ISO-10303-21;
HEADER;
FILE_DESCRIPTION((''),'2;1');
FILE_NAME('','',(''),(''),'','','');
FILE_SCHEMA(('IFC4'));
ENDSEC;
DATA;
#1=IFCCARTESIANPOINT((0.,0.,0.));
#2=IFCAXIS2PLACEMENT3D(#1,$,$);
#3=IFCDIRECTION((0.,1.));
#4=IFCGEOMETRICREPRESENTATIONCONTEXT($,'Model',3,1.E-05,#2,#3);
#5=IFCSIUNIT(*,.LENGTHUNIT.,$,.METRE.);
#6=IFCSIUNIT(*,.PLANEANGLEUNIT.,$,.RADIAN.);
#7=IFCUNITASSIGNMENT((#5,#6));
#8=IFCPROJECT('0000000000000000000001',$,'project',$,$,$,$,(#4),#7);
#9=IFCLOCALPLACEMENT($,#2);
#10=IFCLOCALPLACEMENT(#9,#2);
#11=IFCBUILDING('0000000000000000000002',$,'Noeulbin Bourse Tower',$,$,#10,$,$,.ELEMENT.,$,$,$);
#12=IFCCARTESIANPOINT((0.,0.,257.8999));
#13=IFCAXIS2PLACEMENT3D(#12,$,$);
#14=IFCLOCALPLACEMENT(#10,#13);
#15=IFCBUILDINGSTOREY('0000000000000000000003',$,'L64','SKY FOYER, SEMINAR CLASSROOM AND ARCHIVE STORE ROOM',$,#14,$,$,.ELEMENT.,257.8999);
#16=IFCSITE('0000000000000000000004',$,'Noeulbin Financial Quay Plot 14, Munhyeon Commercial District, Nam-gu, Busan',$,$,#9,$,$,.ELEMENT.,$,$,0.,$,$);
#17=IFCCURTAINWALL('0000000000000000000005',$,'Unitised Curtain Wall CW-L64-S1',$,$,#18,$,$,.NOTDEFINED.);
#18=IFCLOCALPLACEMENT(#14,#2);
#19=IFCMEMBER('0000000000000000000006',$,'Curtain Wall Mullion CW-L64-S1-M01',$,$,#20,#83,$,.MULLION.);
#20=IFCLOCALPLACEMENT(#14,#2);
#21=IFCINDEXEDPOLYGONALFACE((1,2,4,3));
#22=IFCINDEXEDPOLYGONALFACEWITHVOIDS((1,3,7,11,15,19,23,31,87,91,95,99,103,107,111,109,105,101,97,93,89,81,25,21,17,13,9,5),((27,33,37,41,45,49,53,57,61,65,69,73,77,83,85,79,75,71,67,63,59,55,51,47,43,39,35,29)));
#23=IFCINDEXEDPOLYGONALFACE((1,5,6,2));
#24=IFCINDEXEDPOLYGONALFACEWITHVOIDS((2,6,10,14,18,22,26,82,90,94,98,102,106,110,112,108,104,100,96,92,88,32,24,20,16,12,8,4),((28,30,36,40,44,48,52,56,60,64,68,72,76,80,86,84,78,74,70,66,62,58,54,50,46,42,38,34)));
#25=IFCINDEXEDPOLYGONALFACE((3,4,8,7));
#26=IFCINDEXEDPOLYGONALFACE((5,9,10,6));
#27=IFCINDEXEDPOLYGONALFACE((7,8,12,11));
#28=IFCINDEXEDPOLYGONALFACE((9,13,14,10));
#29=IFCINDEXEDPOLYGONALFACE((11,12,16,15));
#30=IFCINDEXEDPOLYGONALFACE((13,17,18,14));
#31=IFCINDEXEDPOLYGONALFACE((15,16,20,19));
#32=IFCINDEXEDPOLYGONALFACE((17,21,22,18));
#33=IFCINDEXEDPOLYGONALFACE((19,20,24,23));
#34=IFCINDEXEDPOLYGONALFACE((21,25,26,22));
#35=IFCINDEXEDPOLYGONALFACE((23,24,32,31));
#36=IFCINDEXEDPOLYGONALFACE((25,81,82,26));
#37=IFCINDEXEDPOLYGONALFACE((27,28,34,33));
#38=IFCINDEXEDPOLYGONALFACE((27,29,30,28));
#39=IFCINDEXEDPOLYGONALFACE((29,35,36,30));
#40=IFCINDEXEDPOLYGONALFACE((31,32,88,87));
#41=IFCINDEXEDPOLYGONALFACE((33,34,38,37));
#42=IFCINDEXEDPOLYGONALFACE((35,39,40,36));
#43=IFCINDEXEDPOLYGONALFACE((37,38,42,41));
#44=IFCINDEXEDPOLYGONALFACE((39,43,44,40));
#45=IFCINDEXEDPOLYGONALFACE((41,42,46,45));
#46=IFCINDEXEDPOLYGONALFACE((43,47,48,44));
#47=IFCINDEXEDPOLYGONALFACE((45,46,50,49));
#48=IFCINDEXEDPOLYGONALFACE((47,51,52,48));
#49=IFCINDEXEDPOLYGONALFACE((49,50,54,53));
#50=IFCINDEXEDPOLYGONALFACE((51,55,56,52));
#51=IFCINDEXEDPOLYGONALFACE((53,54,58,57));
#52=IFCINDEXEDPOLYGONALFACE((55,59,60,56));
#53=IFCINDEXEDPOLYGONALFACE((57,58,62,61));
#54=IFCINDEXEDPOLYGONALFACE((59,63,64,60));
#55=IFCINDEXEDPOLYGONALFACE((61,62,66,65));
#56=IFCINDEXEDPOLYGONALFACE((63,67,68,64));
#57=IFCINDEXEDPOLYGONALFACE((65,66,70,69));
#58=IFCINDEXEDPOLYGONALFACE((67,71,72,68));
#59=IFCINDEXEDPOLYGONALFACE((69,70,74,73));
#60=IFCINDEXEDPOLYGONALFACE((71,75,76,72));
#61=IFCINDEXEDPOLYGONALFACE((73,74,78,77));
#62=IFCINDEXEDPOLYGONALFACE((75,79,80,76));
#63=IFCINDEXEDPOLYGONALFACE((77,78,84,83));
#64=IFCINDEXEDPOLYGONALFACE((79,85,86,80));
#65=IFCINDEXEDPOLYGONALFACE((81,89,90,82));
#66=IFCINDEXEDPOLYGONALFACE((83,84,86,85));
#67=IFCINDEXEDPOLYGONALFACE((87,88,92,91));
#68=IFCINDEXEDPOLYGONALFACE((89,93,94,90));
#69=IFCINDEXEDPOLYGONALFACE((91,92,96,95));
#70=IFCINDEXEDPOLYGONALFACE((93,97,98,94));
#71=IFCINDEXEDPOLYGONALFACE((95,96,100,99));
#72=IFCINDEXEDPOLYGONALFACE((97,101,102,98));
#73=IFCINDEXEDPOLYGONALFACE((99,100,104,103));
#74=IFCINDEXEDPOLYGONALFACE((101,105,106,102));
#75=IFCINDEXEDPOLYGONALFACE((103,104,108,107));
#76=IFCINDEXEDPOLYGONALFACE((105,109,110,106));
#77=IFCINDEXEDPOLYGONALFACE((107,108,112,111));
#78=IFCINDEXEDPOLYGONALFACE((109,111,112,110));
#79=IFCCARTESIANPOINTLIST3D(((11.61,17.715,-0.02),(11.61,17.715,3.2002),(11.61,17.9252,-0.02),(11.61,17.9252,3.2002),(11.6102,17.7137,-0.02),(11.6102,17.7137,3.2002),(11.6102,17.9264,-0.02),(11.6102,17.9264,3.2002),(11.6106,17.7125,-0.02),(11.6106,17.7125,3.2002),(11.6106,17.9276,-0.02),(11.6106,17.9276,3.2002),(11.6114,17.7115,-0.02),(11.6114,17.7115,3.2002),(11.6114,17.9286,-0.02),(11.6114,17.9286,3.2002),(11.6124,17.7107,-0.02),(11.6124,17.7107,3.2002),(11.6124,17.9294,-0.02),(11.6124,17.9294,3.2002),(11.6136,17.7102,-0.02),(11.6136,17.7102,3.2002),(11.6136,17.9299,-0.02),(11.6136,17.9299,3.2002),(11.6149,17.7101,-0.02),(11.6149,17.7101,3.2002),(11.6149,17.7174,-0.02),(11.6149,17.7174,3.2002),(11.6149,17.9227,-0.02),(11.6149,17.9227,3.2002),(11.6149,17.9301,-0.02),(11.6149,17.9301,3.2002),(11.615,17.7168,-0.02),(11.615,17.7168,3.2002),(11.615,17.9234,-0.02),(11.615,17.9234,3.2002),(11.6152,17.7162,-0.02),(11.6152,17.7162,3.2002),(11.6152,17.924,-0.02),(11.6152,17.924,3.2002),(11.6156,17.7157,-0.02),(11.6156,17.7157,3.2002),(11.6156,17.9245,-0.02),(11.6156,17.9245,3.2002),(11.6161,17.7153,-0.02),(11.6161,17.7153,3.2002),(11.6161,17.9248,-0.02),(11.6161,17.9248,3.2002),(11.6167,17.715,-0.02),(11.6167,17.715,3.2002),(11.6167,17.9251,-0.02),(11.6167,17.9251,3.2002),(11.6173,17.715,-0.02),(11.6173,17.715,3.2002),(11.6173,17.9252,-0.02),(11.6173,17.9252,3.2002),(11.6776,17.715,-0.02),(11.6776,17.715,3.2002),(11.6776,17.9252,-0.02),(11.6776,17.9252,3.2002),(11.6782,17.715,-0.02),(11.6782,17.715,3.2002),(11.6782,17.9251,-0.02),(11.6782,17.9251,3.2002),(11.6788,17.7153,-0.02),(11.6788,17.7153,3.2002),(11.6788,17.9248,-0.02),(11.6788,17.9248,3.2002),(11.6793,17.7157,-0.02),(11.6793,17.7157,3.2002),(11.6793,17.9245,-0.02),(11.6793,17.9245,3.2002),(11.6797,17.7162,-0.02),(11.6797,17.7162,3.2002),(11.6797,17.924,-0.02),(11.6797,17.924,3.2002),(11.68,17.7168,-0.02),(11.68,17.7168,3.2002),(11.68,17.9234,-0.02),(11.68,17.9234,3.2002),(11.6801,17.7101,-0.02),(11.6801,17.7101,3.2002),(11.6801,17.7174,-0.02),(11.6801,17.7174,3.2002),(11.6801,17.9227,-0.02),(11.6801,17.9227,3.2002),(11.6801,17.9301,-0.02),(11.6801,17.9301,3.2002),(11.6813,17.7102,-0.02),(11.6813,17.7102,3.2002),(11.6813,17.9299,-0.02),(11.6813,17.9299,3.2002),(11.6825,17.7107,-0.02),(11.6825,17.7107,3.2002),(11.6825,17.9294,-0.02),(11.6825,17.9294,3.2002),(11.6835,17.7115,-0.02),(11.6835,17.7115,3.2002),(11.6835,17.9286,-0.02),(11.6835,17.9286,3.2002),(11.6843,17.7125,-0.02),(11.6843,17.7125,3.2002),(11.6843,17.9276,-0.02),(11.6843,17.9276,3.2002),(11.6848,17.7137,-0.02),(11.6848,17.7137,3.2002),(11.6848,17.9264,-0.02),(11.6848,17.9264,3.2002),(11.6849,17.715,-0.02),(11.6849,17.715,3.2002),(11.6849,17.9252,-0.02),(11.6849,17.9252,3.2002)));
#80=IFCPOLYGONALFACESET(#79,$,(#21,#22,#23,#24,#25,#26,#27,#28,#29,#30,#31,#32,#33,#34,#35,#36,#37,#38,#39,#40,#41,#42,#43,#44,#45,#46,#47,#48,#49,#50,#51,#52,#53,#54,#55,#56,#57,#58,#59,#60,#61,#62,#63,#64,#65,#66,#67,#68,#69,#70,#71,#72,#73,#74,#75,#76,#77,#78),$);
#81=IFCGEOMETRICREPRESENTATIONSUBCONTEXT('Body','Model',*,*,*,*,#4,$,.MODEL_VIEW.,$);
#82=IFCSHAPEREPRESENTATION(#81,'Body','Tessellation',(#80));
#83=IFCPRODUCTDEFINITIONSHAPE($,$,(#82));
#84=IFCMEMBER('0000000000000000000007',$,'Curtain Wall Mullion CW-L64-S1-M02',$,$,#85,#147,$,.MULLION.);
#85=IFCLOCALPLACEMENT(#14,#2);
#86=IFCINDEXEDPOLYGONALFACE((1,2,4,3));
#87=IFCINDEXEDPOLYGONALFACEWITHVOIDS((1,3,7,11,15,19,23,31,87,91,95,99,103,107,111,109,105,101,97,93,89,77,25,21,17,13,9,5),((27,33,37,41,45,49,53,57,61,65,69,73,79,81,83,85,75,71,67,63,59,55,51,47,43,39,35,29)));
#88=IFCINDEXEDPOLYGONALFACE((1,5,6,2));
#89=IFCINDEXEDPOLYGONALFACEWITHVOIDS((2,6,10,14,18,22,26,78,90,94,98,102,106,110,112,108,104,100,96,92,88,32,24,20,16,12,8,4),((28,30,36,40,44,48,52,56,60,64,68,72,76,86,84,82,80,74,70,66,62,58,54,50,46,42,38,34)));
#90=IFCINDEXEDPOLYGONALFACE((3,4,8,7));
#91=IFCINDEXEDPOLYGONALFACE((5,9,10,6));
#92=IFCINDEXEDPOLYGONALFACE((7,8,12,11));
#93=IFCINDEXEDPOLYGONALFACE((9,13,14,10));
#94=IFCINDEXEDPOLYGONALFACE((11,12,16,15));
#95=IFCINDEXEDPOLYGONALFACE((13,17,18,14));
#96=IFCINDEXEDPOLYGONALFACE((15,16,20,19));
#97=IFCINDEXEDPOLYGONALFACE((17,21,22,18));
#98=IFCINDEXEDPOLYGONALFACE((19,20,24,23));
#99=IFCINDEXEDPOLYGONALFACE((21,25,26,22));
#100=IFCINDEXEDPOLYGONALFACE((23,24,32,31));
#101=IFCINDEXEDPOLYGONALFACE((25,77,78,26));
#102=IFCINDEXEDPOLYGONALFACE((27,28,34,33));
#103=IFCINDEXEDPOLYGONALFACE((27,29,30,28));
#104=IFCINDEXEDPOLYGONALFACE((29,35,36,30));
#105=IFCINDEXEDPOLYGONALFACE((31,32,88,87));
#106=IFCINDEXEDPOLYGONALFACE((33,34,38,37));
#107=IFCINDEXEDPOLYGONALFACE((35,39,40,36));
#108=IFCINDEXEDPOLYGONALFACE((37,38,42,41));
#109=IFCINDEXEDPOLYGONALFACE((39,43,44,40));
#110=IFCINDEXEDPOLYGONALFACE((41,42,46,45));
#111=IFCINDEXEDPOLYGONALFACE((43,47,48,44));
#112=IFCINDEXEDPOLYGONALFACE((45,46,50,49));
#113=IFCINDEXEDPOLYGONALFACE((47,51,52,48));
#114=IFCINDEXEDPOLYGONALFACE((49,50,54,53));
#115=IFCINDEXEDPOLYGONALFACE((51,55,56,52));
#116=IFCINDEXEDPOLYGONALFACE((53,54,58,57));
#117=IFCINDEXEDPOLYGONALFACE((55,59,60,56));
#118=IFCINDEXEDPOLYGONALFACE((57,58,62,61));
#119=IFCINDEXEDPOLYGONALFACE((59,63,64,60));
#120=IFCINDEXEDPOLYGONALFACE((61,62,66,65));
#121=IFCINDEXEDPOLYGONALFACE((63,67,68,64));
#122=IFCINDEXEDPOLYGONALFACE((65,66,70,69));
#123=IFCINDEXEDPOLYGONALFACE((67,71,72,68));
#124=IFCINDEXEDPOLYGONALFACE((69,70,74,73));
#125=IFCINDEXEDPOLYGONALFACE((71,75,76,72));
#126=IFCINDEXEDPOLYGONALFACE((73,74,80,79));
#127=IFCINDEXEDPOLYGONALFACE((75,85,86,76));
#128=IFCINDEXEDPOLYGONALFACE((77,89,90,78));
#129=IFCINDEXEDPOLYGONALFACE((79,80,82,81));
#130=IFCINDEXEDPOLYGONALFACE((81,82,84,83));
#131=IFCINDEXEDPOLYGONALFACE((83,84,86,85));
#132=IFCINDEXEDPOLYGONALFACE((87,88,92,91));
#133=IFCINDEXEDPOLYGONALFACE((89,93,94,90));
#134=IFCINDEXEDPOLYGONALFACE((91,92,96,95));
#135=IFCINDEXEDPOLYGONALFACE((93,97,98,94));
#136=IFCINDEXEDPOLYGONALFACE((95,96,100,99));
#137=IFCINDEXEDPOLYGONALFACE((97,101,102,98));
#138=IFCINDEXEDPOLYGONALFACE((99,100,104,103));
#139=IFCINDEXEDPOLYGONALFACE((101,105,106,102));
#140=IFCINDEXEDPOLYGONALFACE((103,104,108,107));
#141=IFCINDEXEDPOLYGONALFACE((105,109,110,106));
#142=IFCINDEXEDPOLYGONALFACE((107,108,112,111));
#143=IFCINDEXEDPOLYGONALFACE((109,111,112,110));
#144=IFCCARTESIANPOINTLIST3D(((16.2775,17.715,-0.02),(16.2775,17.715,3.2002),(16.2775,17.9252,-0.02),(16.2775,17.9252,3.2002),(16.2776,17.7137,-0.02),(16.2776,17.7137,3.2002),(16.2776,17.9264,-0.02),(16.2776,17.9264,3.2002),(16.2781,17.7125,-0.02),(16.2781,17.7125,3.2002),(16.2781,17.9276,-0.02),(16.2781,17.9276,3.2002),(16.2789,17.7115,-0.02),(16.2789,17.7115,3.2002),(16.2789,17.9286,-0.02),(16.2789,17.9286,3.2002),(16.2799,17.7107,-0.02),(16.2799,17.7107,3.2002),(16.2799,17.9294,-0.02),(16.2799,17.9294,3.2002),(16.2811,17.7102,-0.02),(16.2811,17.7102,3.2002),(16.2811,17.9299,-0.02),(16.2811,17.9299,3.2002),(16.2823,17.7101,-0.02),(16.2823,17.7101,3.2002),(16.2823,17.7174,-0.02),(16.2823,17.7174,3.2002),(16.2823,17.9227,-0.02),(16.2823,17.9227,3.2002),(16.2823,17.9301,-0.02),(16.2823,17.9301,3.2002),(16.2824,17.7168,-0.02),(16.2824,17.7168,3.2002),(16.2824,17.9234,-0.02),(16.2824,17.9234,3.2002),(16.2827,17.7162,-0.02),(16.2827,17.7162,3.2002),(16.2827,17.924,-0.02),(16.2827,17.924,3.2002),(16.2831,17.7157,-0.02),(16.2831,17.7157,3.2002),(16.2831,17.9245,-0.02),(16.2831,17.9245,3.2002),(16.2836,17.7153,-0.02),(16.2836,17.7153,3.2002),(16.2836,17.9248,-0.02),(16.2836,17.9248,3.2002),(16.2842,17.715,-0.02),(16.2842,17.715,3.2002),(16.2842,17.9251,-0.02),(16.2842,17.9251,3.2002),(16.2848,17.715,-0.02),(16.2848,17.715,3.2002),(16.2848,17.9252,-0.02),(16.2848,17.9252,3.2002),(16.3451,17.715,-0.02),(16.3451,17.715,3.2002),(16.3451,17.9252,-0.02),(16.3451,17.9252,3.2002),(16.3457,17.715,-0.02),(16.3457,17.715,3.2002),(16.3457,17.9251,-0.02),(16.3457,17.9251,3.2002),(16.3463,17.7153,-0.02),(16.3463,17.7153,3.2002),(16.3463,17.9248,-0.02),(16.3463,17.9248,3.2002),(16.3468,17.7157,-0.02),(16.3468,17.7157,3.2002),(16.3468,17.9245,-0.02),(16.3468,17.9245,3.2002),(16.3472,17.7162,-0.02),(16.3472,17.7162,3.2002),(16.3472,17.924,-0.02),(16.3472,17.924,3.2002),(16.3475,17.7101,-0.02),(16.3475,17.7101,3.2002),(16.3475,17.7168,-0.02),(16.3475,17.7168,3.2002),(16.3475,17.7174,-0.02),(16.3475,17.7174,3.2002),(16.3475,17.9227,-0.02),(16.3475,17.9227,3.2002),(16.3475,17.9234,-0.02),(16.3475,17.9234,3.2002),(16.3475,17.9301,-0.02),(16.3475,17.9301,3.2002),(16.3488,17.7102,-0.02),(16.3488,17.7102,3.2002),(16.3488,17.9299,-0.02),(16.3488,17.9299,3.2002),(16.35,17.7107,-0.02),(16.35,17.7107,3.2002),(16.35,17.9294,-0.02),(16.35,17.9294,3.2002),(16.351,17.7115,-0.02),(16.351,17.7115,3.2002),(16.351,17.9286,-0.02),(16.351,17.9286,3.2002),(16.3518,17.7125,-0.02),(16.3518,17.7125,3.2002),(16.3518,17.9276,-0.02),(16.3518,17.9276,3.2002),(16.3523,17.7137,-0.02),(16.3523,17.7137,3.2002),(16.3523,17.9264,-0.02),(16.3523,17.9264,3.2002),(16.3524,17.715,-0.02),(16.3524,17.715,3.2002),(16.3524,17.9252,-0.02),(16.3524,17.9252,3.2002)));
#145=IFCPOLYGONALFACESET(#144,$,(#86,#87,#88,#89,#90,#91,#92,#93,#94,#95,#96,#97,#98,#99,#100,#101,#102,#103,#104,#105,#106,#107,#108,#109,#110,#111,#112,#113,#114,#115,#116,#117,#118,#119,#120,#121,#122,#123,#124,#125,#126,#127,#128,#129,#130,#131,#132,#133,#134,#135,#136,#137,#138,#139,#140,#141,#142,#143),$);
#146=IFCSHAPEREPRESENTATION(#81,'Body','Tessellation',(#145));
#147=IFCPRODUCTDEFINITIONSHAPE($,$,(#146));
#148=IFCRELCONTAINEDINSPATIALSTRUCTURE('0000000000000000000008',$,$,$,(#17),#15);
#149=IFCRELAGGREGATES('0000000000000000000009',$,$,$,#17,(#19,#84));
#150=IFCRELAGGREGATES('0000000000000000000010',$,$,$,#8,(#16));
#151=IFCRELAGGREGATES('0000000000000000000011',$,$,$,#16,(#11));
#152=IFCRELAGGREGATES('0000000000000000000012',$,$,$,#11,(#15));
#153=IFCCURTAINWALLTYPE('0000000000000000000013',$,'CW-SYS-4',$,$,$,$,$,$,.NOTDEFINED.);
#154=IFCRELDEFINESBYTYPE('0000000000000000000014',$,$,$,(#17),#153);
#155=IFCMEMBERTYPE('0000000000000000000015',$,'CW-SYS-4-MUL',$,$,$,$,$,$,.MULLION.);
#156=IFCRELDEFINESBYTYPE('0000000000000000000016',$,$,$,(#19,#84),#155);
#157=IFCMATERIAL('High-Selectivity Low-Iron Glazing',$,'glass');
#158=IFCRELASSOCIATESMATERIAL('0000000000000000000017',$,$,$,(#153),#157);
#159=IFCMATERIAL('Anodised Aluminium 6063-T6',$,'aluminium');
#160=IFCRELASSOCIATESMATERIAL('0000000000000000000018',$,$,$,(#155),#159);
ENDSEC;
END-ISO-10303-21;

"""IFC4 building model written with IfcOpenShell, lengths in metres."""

from ifc_helpers import new_model, si_unit, direction, frame, origin, origin_2d, place, context, subcontext, project, spatial, hollow_rectangle, extrude, material, material_profile, profile_set, type_object, element, aggregate, save


model = new_model("IFC4")

# Units and contexts
model_context = context("Model", 3, precision=1e-05, world=origin(), true_north=direction((0.0, 1.0)))
body_context = subcontext(model_context, "Body", "Model", "MODEL_VIEW")
ifc_project = project(units=[si_unit("LENGTHUNIT", "METRE"), si_unit("PLANEANGLEUNIT", "RADIAN")], contexts=[model_context])

# Site, building, storey
site_placement = place(None, origin())
site = spatial("IfcSite", under=ifc_project, at=site_placement, Name="Noeulbin Financial Quay Plot 14, Munhyeon Commercial District, Nam-gu, Busan", CompositionType="ELEMENT", RefElevation=0.0)
building_placement = place(site_placement, origin())
building = spatial("IfcBuilding", under=site, at=building_placement, Name="Noeulbin Bourse Tower", CompositionType="ELEMENT")
storey_placement = place(building_placement, frame((0.0, 0.0, 257.8999)))
storey = spatial("IfcBuildingStorey", under=building, at=storey_placement, Name="L64", Description="SKY FOYER, SEMINAR CLASSROOM AND ARCHIVE STORE ROOM", CompositionType="ELEMENT", Elevation=257.8999)

# Curtain wall, members
ifc_material_1 = material(Name="High-Selectivity Low-Iron Glazing", Category="glass")
curtain_wall_type = type_object("IfcCurtainWallType", Name="CW-SYS-4", PredefinedType="NOTDEFINED", material=ifc_material_1)
curtain_wall_placement = place(storey_placement, origin())
curtain_wall = element("IfcCurtainWall", 1, at=curtain_wall_placement, inside=storey, type_object=curtain_wall_type, Name="Unitised Curtain Wall CW-L64-S1", PredefinedType="NOTDEFINED")
ifc_material_2 = material(Name="Anodised Aluminium 6063-T6", Category="aluminium")
ifc_material_profile_1 = material_profile(ifc_material_2, hollow_rectangle(XDim=0.075, YDim=0.22, WallThickness=0.0049, InnerFilletRadius=0.0024, OuterFilletRadius=0.0049, at=origin_2d()), Name="ALU-MULL-75x220x5", Category="LoadBearing")
ifc_profile_set_1 = profile_set([ifc_material_profile_1], Name="Anodised Aluminium 6063-T6")
member_type_1 = type_object("IfcMemberType", Name="CW-SYS-4-MUL", PredefinedType="MULLION", material=ifc_profile_set_1)
member_1_placement = place(storey_placement, frame((11.6475, 17.8201, -0.02), z_axis=(0.0, 0.0, 1.0), x_axis=(1.0, 0.0, 0.0)))
member_1 = element("IfcMember", 2, at=member_1_placement, type_object=member_type_1, Name="Curtain Wall Mullion CW-L64-S1-M01", PredefinedType="MULLION", context=body_context, shape_type="SweptSolid", body=[
    extrude(hollow_rectangle(XDim=0.075, YDim=0.22, WallThickness=0.0049, InnerFilletRadius=0.0024, OuterFilletRadius=0.0049, at=origin_2d()), origin(), (0.0, 0.0, 1.0), 3.2202),
])
member_2_placement = place(storey_placement, frame((16.3149, 17.8201, -0.02), z_axis=(0.0, 0.0, 1.0), x_axis=(1.0, 0.0, 0.0)))
member_2 = element("IfcMember", 3, at=member_2_placement, type_object=member_type_1, Name="Curtain Wall Mullion CW-L64-S1-M02", PredefinedType="MULLION", context=body_context, shape_type="SweptSolid", body=[
    extrude(hollow_rectangle(XDim=0.075, YDim=0.22, WallThickness=0.0049, InnerFilletRadius=0.0024, OuterFilletRadius=0.0049, at=origin_2d()), origin(), (0.0, 0.0, 1.0), 3.2202),
])
aggregate(curtain_wall, [member_1, member_2])

save(model, "model.ifc")
